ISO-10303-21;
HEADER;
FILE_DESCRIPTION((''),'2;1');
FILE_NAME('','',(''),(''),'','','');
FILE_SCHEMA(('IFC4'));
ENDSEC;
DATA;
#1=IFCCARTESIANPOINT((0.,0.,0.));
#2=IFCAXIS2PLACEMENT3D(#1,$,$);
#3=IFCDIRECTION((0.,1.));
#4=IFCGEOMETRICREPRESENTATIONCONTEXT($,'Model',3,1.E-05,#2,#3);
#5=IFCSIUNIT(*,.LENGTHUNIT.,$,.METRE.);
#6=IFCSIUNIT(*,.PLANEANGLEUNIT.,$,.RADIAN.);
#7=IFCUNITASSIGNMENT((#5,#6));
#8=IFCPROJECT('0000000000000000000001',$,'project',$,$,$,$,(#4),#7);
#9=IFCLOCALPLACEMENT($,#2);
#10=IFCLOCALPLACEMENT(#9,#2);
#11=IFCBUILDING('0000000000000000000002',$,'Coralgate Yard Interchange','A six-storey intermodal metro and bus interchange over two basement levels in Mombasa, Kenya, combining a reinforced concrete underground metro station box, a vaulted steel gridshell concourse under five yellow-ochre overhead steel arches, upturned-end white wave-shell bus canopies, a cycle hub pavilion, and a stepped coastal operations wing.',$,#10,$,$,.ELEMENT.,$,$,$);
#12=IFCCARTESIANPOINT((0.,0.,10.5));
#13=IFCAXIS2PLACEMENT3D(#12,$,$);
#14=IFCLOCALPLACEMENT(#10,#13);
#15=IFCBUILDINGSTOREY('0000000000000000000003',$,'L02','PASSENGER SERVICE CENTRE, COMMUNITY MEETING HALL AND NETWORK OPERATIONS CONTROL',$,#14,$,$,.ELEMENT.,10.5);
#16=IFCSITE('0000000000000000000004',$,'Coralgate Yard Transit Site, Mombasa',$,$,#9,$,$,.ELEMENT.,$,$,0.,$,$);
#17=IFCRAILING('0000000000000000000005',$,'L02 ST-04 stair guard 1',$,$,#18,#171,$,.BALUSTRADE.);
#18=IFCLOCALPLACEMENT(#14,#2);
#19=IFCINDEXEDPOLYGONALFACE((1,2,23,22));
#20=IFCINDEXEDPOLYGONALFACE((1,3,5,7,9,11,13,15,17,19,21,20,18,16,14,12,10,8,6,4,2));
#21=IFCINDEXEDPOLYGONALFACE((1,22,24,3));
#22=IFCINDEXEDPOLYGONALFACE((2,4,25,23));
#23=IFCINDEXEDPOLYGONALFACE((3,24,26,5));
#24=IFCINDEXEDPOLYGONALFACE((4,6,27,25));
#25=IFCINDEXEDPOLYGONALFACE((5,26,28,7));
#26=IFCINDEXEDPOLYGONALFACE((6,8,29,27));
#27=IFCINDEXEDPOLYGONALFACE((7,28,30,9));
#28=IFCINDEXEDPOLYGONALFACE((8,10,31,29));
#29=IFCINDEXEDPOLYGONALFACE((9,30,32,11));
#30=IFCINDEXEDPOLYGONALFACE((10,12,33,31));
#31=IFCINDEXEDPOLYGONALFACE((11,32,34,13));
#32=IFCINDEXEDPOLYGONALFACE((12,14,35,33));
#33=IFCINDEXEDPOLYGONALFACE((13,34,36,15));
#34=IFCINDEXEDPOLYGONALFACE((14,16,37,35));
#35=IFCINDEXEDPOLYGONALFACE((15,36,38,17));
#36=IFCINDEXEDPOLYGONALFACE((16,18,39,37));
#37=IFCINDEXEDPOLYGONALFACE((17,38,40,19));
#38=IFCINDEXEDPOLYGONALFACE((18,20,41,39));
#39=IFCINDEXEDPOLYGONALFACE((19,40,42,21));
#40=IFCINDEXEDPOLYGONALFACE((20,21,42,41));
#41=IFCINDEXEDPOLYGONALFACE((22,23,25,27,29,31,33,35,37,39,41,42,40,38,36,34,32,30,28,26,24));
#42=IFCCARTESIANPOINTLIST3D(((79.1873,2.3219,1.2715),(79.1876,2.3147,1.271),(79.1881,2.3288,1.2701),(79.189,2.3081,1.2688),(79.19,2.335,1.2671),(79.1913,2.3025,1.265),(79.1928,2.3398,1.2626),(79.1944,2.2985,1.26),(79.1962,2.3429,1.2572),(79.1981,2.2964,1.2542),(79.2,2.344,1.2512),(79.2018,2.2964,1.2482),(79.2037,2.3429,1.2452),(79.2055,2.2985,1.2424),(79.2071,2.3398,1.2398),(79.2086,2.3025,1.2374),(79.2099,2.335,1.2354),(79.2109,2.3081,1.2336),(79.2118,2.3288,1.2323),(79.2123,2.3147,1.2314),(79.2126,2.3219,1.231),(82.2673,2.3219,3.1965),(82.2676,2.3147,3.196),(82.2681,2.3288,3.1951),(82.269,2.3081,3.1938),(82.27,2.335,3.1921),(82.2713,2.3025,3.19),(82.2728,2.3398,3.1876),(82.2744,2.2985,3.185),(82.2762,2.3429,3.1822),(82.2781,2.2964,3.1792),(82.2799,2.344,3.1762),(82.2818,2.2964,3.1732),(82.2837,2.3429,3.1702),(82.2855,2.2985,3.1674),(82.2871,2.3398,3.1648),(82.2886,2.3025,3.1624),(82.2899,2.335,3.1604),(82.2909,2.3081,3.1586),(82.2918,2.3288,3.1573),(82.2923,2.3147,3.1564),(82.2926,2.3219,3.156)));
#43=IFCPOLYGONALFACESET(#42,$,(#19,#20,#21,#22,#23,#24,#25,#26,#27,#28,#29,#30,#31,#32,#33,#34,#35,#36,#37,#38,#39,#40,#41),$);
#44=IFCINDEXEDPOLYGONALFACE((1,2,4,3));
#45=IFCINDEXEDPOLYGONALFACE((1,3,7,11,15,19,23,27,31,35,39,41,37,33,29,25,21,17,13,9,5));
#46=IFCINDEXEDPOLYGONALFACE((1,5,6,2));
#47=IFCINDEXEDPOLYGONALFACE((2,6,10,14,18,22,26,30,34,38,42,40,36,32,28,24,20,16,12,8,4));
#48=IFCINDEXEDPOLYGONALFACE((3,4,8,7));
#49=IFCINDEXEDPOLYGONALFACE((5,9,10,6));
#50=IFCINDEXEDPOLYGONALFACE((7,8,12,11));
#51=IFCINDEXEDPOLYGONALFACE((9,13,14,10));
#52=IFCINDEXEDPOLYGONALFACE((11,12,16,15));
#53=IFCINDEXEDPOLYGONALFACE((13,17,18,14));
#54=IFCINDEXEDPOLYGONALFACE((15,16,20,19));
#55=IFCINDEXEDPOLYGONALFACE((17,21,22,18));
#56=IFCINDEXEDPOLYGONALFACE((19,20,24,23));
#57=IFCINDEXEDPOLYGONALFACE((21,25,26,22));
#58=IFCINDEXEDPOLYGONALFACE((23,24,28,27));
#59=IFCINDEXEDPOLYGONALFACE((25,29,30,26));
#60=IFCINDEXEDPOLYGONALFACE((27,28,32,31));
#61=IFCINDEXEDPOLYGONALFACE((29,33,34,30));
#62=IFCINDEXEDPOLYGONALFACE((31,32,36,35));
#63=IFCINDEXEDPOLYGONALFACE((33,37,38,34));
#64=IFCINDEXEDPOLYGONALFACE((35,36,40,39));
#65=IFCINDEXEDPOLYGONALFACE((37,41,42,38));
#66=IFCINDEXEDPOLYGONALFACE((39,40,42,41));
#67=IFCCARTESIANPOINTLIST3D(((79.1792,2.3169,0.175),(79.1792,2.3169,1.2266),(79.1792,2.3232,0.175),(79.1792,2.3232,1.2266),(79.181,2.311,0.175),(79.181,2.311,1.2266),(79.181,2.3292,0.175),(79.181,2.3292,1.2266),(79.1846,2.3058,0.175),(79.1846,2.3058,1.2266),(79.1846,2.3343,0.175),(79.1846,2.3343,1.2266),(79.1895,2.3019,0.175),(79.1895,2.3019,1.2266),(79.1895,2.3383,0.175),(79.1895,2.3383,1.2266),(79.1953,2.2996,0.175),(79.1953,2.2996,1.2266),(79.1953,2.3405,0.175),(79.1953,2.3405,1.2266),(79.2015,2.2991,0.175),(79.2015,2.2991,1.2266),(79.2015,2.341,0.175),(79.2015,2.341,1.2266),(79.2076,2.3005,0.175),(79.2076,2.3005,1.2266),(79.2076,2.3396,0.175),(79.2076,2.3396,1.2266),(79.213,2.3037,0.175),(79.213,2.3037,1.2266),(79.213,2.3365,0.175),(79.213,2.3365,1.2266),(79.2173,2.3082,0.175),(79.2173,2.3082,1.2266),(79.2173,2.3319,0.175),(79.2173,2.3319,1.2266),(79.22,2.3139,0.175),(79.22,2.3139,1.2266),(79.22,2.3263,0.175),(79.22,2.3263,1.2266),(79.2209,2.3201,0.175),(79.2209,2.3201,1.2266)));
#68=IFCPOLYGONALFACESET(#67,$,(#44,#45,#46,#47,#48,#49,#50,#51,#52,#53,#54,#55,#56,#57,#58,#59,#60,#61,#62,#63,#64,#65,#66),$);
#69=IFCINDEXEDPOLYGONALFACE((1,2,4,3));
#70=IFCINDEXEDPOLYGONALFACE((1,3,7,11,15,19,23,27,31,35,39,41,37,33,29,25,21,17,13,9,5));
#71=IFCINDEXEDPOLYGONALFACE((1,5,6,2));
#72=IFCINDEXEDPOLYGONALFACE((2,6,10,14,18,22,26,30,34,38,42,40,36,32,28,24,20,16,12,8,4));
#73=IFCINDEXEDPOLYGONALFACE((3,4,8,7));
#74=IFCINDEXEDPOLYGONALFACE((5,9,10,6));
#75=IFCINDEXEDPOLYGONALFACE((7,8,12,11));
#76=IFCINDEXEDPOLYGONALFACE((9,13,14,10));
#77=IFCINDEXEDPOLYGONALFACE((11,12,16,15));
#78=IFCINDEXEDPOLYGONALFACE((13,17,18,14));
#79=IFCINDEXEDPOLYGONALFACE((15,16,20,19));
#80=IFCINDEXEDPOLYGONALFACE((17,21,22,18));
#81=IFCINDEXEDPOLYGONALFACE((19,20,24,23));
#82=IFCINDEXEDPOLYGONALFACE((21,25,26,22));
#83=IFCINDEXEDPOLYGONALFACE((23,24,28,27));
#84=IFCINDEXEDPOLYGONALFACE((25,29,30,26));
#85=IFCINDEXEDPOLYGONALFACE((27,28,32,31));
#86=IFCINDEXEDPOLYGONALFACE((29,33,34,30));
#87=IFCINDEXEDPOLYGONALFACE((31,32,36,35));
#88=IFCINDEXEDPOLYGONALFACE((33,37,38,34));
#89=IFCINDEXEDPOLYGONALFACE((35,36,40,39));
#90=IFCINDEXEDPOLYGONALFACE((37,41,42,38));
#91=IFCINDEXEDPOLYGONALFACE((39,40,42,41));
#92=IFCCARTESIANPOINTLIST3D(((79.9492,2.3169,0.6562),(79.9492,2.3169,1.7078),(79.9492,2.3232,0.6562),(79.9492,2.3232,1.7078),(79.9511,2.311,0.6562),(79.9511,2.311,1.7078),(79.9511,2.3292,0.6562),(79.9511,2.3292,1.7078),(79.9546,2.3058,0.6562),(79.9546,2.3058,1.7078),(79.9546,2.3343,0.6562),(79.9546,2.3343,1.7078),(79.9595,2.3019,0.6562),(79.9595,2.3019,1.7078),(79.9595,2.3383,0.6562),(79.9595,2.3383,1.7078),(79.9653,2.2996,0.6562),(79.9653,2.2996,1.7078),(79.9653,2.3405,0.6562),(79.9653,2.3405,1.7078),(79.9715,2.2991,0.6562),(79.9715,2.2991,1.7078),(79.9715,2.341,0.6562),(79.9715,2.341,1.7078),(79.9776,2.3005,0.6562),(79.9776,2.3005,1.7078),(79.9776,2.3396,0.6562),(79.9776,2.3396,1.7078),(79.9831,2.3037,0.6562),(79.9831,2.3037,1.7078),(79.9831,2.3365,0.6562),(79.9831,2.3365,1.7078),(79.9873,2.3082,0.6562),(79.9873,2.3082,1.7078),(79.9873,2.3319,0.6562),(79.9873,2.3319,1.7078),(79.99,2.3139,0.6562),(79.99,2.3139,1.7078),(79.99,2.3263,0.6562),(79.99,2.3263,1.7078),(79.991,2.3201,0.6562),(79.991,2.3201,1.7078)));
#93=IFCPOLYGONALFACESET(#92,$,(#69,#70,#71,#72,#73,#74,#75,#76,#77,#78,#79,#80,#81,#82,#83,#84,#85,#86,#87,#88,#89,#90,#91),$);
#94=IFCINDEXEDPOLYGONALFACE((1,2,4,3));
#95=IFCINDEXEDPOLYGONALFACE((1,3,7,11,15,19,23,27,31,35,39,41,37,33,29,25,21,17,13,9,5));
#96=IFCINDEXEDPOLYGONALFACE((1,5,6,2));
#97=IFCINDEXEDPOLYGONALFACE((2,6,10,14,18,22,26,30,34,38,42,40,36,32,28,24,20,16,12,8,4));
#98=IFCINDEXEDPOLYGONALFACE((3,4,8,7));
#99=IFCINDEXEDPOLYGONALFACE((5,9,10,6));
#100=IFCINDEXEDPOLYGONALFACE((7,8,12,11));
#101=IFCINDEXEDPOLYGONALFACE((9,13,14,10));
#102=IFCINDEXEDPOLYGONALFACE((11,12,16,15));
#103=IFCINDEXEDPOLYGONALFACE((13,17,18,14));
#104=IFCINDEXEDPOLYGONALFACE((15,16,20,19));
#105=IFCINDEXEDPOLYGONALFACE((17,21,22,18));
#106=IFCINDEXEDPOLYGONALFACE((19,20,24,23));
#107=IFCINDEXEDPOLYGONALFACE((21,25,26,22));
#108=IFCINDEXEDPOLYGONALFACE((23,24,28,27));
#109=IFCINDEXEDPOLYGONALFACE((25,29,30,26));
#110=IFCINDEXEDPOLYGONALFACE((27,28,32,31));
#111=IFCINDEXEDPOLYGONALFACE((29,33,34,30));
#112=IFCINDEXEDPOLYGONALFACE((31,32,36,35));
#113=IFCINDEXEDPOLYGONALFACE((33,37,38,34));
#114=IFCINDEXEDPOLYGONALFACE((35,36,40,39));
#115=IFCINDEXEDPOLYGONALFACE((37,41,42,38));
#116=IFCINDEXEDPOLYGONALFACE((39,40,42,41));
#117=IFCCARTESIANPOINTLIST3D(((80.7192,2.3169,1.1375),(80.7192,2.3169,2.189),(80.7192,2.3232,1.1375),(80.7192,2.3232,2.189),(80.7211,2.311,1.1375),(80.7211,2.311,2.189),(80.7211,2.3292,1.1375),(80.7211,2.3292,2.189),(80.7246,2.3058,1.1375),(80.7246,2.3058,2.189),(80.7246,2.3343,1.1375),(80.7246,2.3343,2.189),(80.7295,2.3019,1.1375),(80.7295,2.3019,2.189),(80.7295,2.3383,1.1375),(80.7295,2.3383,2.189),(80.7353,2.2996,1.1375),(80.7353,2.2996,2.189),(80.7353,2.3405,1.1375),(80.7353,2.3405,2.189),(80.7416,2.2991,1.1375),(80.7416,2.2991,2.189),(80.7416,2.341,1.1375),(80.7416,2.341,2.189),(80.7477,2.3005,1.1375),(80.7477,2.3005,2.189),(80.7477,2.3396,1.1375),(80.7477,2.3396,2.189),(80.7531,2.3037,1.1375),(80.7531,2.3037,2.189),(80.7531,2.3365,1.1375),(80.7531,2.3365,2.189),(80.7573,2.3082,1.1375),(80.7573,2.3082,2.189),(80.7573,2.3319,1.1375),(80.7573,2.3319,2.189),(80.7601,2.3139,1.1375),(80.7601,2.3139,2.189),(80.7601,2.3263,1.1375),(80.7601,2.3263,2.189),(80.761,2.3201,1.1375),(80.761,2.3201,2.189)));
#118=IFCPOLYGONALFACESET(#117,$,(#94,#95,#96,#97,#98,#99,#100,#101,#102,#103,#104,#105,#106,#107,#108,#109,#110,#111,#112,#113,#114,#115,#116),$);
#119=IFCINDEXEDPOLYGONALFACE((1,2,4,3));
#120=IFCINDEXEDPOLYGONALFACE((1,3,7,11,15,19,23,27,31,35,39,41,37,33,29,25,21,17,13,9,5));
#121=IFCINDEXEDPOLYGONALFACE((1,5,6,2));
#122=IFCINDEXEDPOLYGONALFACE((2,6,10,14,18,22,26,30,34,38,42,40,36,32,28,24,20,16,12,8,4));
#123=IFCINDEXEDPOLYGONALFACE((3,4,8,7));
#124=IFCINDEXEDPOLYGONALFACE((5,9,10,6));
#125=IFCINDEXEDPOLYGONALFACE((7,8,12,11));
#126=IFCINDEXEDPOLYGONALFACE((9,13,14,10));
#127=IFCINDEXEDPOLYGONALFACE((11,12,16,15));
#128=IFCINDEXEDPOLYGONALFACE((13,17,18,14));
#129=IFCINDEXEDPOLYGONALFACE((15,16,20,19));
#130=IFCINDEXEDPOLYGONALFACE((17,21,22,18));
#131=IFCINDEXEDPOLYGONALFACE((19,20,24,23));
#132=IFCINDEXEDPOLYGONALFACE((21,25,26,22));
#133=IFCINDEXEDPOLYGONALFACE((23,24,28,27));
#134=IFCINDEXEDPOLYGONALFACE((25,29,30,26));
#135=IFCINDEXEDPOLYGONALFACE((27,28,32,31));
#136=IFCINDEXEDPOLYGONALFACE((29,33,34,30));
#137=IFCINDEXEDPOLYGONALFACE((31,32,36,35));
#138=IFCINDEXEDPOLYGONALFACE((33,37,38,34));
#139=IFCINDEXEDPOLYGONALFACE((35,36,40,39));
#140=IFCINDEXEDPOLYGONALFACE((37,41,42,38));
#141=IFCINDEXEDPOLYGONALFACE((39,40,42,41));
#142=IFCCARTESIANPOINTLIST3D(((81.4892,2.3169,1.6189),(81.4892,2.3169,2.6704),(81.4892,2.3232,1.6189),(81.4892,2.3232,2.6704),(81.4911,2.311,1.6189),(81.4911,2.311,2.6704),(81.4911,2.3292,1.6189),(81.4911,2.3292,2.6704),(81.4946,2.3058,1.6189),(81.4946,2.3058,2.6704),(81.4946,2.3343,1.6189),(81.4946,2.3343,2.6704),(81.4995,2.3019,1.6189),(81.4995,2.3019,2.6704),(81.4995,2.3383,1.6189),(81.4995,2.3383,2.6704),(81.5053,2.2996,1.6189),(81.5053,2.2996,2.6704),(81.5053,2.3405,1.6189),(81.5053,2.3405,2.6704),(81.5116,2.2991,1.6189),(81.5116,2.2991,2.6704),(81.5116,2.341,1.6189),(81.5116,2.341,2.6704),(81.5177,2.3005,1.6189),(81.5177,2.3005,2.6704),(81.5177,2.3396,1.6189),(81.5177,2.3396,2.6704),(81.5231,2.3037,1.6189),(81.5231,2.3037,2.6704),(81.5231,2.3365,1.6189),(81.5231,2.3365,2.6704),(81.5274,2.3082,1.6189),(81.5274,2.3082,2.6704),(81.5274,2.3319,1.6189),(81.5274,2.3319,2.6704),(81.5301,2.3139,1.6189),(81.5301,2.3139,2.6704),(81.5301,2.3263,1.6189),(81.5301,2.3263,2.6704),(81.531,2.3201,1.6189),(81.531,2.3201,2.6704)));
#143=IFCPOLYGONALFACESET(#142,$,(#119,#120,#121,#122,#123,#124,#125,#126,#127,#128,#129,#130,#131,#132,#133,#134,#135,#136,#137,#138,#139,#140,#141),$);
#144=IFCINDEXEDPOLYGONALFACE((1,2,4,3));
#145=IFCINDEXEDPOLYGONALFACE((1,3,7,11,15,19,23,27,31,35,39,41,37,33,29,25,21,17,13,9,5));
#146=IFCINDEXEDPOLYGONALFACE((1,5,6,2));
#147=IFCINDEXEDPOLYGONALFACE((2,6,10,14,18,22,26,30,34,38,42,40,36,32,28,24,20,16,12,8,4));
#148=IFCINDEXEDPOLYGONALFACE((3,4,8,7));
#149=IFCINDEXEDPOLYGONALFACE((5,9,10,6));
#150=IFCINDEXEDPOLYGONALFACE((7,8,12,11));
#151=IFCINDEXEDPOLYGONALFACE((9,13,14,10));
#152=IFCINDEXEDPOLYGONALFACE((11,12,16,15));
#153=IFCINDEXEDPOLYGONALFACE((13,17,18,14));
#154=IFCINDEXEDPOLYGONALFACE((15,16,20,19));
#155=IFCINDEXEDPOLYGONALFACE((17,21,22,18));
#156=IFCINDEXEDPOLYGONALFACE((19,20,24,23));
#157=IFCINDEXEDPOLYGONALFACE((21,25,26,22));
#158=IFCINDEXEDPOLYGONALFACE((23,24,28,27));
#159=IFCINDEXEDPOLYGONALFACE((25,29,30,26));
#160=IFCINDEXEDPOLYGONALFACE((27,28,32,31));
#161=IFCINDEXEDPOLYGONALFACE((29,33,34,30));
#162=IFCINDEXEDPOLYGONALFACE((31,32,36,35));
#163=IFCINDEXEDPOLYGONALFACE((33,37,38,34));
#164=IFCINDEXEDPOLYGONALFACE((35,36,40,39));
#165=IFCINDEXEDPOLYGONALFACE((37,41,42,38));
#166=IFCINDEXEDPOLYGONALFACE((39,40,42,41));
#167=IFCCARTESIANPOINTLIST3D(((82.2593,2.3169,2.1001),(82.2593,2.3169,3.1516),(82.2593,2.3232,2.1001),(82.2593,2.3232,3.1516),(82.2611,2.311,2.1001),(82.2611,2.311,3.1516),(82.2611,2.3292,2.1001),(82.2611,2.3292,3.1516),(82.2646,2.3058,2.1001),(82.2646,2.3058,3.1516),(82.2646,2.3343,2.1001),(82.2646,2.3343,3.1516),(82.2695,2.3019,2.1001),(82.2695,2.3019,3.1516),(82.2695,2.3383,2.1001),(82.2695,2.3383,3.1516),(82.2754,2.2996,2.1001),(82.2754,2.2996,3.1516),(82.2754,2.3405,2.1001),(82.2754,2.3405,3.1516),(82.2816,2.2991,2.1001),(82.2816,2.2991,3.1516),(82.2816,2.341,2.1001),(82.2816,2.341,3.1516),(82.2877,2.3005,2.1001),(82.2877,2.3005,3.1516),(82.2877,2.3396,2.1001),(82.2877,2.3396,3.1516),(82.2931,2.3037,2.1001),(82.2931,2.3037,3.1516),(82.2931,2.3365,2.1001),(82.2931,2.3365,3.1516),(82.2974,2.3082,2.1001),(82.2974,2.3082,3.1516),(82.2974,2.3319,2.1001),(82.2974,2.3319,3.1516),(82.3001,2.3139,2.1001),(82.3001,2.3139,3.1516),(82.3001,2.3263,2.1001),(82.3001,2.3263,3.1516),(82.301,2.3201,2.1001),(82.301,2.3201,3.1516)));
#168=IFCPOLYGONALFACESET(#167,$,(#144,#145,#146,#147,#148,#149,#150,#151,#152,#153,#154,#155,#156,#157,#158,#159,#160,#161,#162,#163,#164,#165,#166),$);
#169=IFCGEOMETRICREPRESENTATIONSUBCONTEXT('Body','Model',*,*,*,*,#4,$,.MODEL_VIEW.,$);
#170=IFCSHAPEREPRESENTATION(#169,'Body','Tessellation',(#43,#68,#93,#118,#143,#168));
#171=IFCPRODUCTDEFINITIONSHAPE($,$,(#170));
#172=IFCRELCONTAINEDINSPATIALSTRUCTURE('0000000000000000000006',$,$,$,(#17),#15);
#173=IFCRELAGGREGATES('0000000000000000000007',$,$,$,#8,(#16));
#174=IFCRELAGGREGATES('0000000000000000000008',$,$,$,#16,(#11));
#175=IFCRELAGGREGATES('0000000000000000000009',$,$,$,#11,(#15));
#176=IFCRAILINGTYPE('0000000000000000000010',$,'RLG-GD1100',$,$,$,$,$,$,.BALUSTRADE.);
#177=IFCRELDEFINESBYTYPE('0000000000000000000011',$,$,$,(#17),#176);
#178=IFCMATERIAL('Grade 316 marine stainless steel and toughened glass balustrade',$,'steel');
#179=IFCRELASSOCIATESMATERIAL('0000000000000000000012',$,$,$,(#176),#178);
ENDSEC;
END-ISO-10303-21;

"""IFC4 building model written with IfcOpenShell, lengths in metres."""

from ifc_helpers import new_model, si_unit, direction, frame, origin, origin_2d, place, context, subcontext, project, spatial, circle, extrude, material, type_object, element, save


model = new_model("IFC4")

# Units and contexts
model_context = context("Model", 3, precision=1e-05, world=origin(), true_north=direction((0.0, 1.0)))
body_context = subcontext(model_context, "Body", "Model", "MODEL_VIEW")
ifc_project = project(units=[si_unit("LENGTHUNIT", "METRE"), si_unit("PLANEANGLEUNIT", "RADIAN")], contexts=[model_context])

# Site, building, storey
site_placement = place(None, origin())
site = spatial("IfcSite", under=ifc_project, at=site_placement, Name="Coralgate Yard Transit Site, Mombasa", CompositionType="ELEMENT", RefElevation=0.0)
building_placement = place(site_placement, origin())
building = spatial("IfcBuilding", under=site, at=building_placement, Name="Coralgate Yard Interchange", Description="A six-storey intermodal metro and bus interchange over two basement levels in Mombasa, Kenya, combining a reinforced concrete underground metro station box, a vaulted steel gridshell concourse under five yellow-ochre overhead steel arches, upturned-end white wave-shell bus canopies, a cycle hub pavilion, and a stepped coastal operations wing.", CompositionType="ELEMENT")
storey_placement = place(building_placement, frame((0.0, 0.0, 10.5)))
storey = spatial("IfcBuildingStorey", under=building, at=storey_placement, Name="L02", Description="PASSENGER SERVICE CENTRE, COMMUNITY MEETING HALL AND NETWORK OPERATIONS CONTROL", CompositionType="ELEMENT", Elevation=10.5)

# Railing
ifc_material_1 = material(Name="Grade 316 marine stainless steel and toughened glass balustrade", Category="steel")
railing_type_1 = type_object("IfcRailingType", Name="RLG-GD1100", PredefinedType="BALUSTRADE", material=ifc_material_1)
railing_1_placement = place(storey_placement, frame((79.2, 2.3201, 0.175)))
element("IfcRailing", 1, at=railing_1_placement, inside=storey, type_object=railing_type_1, Name="L02 ST-04 stair guard 1", PredefinedType="BALUSTRADE", context=body_context, shape_type="SweptSolid", body=[
    extrude(circle(Radius=0.0239, at=origin_2d()), frame((0.0, 0.0, 1.0762), z_axis=(0.847998, 0.0, 0.529999), x_axis=(0.0, 1.0, 0.0)), (0.0, 0.0, 1.0), 3.6321),
    extrude(circle(Radius=0.021, at=origin_2d()), origin(), (0.0, 0.0, 1.0), 1.0515),
    extrude(circle(Radius=0.021, at=origin_2d()), frame((0.77, 0.0, 0.4812)), (0.0, 0.0, 1.0), 1.0515),
    extrude(circle(Radius=0.021, at=origin_2d()), frame((1.54, 0.0, 0.9624)), (0.0, 0.0, 1.0), 1.0515),
    extrude(circle(Radius=0.021, at=origin_2d()), frame((2.3101, 0.0, 1.4438)), (0.0, 0.0, 1.0), 1.0515),
    extrude(circle(Radius=0.021, at=origin_2d()), frame((3.0801, 0.0, 1.925)), (0.0, 0.0, 1.0), 1.0515),
])

save(model, "model.ifc")
